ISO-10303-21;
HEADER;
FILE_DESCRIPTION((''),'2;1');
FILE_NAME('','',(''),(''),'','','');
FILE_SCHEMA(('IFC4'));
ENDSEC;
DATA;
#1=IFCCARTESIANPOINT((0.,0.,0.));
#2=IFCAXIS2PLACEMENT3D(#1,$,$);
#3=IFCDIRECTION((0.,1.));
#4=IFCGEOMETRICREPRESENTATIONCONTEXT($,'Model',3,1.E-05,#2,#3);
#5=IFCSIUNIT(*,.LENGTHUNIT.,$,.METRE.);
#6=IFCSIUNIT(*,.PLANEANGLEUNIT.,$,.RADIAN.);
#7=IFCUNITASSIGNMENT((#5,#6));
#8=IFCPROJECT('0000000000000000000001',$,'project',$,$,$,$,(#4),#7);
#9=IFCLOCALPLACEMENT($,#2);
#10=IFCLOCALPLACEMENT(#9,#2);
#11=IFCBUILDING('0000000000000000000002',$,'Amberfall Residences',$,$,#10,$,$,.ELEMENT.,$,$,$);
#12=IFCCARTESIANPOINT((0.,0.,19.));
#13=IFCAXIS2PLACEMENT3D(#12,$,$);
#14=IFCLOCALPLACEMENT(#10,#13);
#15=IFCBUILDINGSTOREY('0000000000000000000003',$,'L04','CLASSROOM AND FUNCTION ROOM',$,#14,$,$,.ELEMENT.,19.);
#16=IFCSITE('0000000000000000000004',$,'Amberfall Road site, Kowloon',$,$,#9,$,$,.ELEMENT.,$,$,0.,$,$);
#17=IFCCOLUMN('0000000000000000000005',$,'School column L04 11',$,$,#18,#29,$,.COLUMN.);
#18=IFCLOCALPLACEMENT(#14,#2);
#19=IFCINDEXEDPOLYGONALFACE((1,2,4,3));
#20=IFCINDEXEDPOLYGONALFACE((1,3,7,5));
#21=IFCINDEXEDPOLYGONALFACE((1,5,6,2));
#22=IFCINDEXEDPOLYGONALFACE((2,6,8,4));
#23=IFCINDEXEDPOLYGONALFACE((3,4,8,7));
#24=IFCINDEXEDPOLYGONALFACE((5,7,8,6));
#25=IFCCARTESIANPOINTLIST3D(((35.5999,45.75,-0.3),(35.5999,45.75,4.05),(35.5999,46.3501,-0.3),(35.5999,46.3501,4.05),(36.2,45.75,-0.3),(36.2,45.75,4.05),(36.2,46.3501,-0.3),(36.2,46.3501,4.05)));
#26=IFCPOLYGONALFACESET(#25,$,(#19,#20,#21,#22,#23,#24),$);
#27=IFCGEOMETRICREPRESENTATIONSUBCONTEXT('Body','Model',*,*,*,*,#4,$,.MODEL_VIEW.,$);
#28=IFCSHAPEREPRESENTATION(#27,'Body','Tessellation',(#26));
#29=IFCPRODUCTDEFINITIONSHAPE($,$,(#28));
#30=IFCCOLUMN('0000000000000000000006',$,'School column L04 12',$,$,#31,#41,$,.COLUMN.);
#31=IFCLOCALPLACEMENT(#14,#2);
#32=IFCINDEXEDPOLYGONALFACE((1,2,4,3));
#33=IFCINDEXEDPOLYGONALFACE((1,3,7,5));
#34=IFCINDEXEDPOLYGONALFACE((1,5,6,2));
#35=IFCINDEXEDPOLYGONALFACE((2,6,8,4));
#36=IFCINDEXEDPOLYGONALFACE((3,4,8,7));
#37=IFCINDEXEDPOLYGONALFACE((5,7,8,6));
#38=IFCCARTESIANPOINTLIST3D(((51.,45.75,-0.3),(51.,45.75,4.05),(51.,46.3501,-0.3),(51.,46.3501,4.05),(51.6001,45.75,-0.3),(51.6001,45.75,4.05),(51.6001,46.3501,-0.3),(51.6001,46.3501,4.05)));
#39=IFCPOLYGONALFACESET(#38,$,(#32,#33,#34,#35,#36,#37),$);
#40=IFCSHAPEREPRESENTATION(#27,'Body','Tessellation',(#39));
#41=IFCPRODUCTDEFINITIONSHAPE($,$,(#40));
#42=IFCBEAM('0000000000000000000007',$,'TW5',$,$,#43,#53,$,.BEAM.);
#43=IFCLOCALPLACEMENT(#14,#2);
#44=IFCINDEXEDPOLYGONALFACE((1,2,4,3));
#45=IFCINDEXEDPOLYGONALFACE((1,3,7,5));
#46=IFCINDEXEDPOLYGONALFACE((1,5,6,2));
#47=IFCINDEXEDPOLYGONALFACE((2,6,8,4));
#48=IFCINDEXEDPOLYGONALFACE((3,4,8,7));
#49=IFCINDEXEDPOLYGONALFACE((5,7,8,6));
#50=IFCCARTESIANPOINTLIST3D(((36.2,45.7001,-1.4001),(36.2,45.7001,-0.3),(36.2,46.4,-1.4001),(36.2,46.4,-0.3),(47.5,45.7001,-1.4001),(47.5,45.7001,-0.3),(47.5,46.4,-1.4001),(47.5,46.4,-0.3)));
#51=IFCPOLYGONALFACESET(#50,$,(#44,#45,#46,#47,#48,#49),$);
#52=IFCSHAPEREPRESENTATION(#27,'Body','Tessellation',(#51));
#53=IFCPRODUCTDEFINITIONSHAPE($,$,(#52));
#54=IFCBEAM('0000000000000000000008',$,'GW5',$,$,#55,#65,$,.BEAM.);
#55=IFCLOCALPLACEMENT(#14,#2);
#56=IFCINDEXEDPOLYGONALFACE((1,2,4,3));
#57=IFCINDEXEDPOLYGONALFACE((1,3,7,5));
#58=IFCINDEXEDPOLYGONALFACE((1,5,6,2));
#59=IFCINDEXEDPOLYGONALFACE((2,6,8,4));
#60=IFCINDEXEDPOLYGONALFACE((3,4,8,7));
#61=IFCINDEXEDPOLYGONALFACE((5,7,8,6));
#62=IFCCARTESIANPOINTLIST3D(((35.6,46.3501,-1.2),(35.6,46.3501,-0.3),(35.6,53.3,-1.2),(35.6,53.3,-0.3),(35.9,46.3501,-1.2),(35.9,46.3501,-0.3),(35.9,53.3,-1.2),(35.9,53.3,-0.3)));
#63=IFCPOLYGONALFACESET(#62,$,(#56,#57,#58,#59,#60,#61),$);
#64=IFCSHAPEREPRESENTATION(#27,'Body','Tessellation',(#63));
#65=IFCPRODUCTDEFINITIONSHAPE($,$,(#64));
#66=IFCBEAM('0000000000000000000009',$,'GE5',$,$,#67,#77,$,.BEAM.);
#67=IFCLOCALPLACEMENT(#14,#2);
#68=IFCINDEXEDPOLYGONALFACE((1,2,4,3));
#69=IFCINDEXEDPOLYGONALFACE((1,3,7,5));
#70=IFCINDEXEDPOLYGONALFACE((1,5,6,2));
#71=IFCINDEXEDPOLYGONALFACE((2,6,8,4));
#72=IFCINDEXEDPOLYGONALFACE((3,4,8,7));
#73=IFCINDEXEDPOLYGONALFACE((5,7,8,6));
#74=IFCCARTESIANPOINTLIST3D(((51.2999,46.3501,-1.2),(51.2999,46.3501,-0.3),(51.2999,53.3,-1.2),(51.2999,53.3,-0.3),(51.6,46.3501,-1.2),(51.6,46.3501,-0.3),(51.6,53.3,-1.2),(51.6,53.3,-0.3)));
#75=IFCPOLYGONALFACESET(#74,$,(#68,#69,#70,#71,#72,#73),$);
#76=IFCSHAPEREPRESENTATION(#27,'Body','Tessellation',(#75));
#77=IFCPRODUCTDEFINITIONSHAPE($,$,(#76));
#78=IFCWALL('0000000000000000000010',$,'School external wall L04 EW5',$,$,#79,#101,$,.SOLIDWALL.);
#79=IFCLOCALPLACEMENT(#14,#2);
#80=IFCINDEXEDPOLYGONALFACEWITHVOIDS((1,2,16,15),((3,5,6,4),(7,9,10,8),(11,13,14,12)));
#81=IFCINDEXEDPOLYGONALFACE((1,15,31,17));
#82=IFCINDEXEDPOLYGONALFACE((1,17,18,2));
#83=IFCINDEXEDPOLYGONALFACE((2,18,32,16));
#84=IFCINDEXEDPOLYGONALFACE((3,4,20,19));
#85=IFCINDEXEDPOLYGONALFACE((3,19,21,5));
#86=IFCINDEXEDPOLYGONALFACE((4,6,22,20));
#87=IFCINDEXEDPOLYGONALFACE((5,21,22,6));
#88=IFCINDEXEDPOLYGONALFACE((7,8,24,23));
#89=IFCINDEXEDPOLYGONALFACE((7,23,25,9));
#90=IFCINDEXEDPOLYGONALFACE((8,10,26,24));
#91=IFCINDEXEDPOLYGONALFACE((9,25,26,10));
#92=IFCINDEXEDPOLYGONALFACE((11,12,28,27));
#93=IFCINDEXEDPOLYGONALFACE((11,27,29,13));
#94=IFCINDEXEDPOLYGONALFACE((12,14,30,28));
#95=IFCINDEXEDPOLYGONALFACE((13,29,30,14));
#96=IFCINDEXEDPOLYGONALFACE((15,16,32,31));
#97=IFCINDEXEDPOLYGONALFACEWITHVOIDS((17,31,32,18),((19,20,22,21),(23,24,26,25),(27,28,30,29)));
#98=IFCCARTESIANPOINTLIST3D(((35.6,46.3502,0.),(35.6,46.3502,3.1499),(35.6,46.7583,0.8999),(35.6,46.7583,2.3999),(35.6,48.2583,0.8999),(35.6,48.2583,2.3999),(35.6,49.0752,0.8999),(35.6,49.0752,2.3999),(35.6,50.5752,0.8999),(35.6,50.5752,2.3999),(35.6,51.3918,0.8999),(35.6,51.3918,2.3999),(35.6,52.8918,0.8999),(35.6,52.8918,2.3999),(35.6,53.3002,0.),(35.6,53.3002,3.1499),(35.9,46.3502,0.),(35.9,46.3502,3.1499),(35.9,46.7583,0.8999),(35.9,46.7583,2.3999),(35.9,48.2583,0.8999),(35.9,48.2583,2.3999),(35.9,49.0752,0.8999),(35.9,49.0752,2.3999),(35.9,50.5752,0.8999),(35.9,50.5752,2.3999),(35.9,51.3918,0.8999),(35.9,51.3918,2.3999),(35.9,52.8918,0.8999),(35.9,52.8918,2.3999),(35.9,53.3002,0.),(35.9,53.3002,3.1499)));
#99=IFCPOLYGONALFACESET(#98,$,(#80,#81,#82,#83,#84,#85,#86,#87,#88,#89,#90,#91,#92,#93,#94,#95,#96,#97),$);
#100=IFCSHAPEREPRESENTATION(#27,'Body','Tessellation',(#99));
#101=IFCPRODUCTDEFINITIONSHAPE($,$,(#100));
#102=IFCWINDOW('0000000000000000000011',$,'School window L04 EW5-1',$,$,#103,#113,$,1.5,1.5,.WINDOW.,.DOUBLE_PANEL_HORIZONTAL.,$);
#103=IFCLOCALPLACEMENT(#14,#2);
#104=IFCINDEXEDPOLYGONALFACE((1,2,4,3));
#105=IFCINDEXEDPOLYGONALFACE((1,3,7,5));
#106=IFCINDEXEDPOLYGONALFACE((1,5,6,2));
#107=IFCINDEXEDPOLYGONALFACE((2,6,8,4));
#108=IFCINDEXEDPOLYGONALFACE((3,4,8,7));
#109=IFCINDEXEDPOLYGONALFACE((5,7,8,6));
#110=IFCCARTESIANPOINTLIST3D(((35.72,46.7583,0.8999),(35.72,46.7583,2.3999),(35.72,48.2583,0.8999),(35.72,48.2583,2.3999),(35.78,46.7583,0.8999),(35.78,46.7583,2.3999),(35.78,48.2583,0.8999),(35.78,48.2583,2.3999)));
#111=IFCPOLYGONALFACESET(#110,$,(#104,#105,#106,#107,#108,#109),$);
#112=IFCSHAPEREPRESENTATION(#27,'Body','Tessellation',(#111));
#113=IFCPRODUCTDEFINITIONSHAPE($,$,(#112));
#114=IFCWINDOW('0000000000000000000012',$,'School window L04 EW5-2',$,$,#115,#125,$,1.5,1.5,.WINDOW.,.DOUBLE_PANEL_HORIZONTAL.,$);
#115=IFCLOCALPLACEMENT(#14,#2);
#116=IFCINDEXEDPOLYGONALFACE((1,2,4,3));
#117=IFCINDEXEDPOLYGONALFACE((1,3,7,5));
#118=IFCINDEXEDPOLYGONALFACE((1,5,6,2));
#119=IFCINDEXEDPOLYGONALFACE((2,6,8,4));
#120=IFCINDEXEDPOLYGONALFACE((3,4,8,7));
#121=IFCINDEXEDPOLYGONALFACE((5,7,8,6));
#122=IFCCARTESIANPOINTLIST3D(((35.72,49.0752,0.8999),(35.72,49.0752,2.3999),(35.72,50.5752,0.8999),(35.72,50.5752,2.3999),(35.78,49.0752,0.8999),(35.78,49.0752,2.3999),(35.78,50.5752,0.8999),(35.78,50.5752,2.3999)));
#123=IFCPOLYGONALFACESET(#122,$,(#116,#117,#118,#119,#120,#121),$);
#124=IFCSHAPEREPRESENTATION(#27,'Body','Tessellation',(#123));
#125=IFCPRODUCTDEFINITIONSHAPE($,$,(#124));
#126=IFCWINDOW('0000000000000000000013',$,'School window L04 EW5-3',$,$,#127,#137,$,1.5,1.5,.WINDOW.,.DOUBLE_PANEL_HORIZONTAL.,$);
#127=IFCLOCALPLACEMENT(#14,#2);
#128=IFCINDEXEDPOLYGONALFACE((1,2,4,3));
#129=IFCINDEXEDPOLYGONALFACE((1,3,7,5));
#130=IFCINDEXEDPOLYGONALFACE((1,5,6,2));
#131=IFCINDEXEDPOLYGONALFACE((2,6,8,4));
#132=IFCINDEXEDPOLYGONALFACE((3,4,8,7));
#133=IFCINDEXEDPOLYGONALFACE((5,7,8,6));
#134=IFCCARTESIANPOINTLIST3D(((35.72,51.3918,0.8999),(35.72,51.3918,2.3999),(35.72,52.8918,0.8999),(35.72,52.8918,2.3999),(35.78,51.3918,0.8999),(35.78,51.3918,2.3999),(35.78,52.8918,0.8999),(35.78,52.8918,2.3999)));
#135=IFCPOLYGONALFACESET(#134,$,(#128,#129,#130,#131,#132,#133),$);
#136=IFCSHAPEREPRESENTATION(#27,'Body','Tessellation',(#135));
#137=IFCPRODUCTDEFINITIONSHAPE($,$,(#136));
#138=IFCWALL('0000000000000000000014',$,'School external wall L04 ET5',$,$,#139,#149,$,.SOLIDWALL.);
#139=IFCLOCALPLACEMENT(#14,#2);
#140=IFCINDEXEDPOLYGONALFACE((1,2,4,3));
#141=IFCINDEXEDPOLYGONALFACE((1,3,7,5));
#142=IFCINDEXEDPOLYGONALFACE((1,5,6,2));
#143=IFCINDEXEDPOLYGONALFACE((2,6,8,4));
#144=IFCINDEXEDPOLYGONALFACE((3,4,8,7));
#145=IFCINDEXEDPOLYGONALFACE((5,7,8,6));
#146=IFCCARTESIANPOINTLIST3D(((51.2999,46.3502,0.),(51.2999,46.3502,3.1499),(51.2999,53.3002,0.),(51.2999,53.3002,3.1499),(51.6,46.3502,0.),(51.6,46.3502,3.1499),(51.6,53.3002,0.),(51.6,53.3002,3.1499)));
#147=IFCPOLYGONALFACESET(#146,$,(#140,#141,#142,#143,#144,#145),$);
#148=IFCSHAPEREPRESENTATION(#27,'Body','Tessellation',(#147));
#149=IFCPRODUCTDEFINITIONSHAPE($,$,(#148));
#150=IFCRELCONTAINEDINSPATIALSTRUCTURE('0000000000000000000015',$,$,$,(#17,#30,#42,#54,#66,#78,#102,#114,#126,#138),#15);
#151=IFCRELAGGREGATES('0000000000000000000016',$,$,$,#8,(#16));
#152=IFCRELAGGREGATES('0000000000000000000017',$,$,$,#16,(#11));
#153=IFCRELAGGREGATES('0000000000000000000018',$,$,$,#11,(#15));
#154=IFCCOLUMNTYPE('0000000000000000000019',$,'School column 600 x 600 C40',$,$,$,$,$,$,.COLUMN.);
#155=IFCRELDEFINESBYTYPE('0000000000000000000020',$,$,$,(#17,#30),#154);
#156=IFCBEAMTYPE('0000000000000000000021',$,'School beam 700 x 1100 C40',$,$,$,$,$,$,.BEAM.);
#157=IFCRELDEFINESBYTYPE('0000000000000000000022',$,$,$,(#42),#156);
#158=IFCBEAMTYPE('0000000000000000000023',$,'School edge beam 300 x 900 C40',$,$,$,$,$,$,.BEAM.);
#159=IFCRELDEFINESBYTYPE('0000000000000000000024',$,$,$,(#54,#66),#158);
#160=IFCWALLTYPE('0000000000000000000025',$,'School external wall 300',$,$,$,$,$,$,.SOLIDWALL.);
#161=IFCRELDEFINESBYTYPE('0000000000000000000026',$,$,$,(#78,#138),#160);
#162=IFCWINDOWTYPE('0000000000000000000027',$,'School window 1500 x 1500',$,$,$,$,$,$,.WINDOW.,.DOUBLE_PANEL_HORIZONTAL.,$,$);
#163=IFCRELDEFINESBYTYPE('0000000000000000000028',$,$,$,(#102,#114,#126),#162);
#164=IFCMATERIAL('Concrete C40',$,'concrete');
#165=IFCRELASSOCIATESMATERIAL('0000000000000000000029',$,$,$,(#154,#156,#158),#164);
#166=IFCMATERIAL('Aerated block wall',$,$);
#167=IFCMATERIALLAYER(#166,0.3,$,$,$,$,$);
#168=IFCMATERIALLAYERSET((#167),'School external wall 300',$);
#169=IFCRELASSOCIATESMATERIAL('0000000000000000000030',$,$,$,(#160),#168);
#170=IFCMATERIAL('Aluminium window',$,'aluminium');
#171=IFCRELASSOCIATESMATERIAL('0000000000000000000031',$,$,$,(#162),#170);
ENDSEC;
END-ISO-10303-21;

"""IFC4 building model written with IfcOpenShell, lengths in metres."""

from ifc_helpers import new_model, si_unit, direction, frame, frame_2d, origin, origin_2d, place, context, subcontext, project, spatial, rectangle, extrude, material, layer, layer_set, material_profile, profile_set, type_object, element, fill, save


model = new_model("IFC4")

# Units and contexts
model_context = context("Model", 3, precision=1e-05, world=origin(), true_north=direction((0.0, 1.0)))
body_context = subcontext(model_context, "Body", "Model", "MODEL_VIEW")
ifc_project = project(units=[si_unit("LENGTHUNIT", "METRE"), si_unit("PLANEANGLEUNIT", "RADIAN")], contexts=[model_context])

# Site, building, storey
site_placement = place(None, origin())
site = spatial("IfcSite", under=ifc_project, at=site_placement, Name="Amberfall Road site, Kowloon", CompositionType="ELEMENT", RefElevation=0.0)
building_placement = place(site_placement, origin())
building = spatial("IfcBuilding", under=site, at=building_placement, Name="Amberfall Residences", CompositionType="ELEMENT")
storey_placement = place(building_placement, frame((0.0, 0.0, 19.0)))
storey = spatial("IfcBuildingStorey", under=building, at=storey_placement, Name="L04", Description="CLASSROOM AND FUNCTION ROOM", CompositionType="ELEMENT", Elevation=19.0)

# Columns
ifc_material_1 = material(Name="Concrete C40", Category="concrete")
ifc_material_profile_1 = material_profile(ifc_material_1, rectangle(XDim=0.6001, YDim=0.6001, at=origin_2d()), Name="School column 600 x 600 C40")
ifc_profile_set_1 = profile_set([ifc_material_profile_1], Name="Concrete C40")
column_type = type_object("IfcColumnType", Name="School column 600 x 600 C40", PredefinedType="COLUMN", material=ifc_profile_set_1)
for number, where, z_axis, x_axis, name in (
    (1, (35.8999, 46.05, -0.3), (0.0, 0.0, 1.0), (1.0, 0.0, 0.0), "School column L04 11"),
    (2, (51.3, 46.05, -0.3), (0.0, 0.0, 1.0), (1.0, 0.0, 0.0), "School column L04 12"),
):
    element("IfcColumn", number, at=place(storey_placement, frame(where, z_axis=z_axis, x_axis=x_axis)), inside=storey, type_object=column_type, Name=name, PredefinedType="COLUMN", context=body_context, shape_type="SweptSolid", body=[
        extrude(rectangle(XDim=0.6001, YDim=0.6001, at=origin_2d()), origin(), (0.0, 0.0, 1.0), 4.3501),
    ])

# Beams
ifc_material_profile_2 = material_profile(ifc_material_1, rectangle(XDim=0.7, YDim=1.1001, at=origin_2d()), Name="School beam 700 x 1100 C40")
ifc_profile_set_2 = profile_set([ifc_material_profile_2], Name="Concrete C40")
beam_type_1 = type_object("IfcBeamType", Name="School beam 700 x 1100 C40", PredefinedType="BEAM", material=ifc_profile_set_2)
beam_placement = place(storey_placement, frame((36.2, 46.05, -0.8501), z_axis=(1.0, 0.0, 0.0), x_axis=(0.0, 1.0, 0.0)))
element("IfcBeam", 3, at=beam_placement, inside=storey, type_object=beam_type_1, Name="TW5", PredefinedType="BEAM", context=body_context, shape_type="SweptSolid", body=[
    extrude(rectangle(XDim=0.7, YDim=1.1001, at=origin_2d()), origin(), (0.0, 0.0, 1.0), 11.3),
])
ifc_material_profile_3 = material_profile(ifc_material_1, rectangle(XDim=0.3, YDim=0.8999, at=origin_2d()), Name="School edge beam 300 x 900 C40")
ifc_profile_set_3 = profile_set([ifc_material_profile_3], Name="Concrete C40")
beam_type_2 = type_object("IfcBeamType", Name="School edge beam 300 x 900 C40", PredefinedType="BEAM", material=ifc_profile_set_3)
for number, where, z_axis, x_axis, name in (
    (4, (35.75, 46.3501, -0.75), (0.0, 1.0, 0.0), (-1.0, 0.0, 0.0), "GW5"),
    (5, (51.45, 46.3501, -0.75), (0.0, 1.0, 0.0), (-1.0, 0.0, 0.0), "GE5"),
):
    element("IfcBeam", number, at=place(storey_placement, frame(where, z_axis=z_axis, x_axis=x_axis)), inside=storey, type_object=beam_type_2, Name=name, PredefinedType="BEAM", context=body_context, shape_type="SweptSolid", body=[
        extrude(rectangle(XDim=0.3, YDim=0.8999, at=origin_2d()), origin(), (0.0, 0.0, 1.0), 6.95),
    ])

# Wall, openings, windows
ifc_material_2 = material(Name="Aerated block wall")
ifc_layer_1 = layer(ifc_material_2, 0.3)
ifc_layer_set_1 = layer_set([ifc_layer_1], Name="School external wall 300")
wall_type_1 = type_object("IfcWallType", Name="School external wall 300", PredefinedType="SOLIDWALL", material=ifc_layer_set_1)
wall_1_placement = place(storey_placement, frame((35.75, 46.3501, 0.0), z_axis=(0.0, 0.0, 1.0), x_axis=(0.0, 1.0, 0.0)))
wall_1 = element("IfcWall", 6, at=wall_1_placement, inside=storey, type_object=wall_type_1, Name="School external wall L04 EW5", PredefinedType="SOLIDWALL", context=body_context, shape_type="SweptSolid", body=[
    extrude(rectangle(XDim=6.95, YDim=0.3, at=frame_2d((3.4751, 0.0))), origin(), (0.0, 0.0, 1.0), 3.1499),
])
opening_1_placement = place(wall_1_placement, frame((0.4082, 0.0, 0.8999)))
opening_1 = element("IfcOpeningElement", 7, at=opening_1_placement, cuts=wall_1, PredefinedType="OPENING", context=body_context, shape_type="SweptSolid", body=[
    extrude(rectangle(XDim=1.5, YDim=1.5, at=frame_2d((0.75, 0.75))), frame((0.0, 0.1599, 0.0), z_axis=(0.0, -1.0, 0.0), x_axis=(1.0, 0.0, 0.0)), (0.0, 0.0, 1.0), 0.3201),
])
opening_2_placement = place(wall_1_placement, frame((2.7251, 0.0, 0.8999)))
opening_2 = element("IfcOpeningElement", 8, at=opening_2_placement, cuts=wall_1, PredefinedType="OPENING", context=body_context, shape_type="SweptSolid", body=[
    extrude(rectangle(XDim=1.5, YDim=1.5, at=frame_2d((0.75, 0.75))), frame((0.0, 0.1599, 0.0), z_axis=(0.0, -1.0, 0.0), x_axis=(1.0, 0.0, 0.0)), (0.0, 0.0, 1.0), 0.3201),
])
opening_3_placement = place(wall_1_placement, frame((5.0417, 0.0, 0.8999)))
opening_3 = element("IfcOpeningElement", 9, at=opening_3_placement, cuts=wall_1, PredefinedType="OPENING", context=body_context, shape_type="SweptSolid", body=[
    extrude(rectangle(XDim=1.5, YDim=1.5, at=frame_2d((0.75, 0.75))), frame((0.0, 0.1599, 0.0), z_axis=(0.0, -1.0, 0.0), x_axis=(1.0, 0.0, 0.0)), (0.0, 0.0, 1.0), 0.3201),
])
ifc_material_3 = material(Name="Aluminium window", Category="aluminium")
window_type = type_object("IfcWindowType", Name="School window 1500 x 1500", PartitioningType="DOUBLE_PANEL_HORIZONTAL", PredefinedType="WINDOW", material=ifc_material_3)
window_1_placement = place(opening_1_placement, origin())
window_1 = element("IfcWindow", 10, at=window_1_placement, inside=storey, type_object=window_type, Name="School window L04 EW5-1", OverallHeight=1.5, OverallWidth=1.5, PartitioningType="DOUBLE_PANEL_HORIZONTAL", PredefinedType="WINDOW", context=body_context, shape_type="SweptSolid", body=[
    extrude(rectangle(XDim=1.5, YDim=1.5, at=frame_2d((0.75, 0.75))), frame((0.0, 0.03, 0.0), z_axis=(0.0, -1.0, 0.0), x_axis=(1.0, 0.0, 0.0)), (0.0, 0.0, 1.0), 0.0601),
])
fill(opening_1, window_1)
window_2_placement = place(opening_2_placement, origin())
window_2 = element("IfcWindow", 11, at=window_2_placement, inside=storey, type_object=window_type, Name="School window L04 EW5-2", OverallHeight=1.5, OverallWidth=1.5, PartitioningType="DOUBLE_PANEL_HORIZONTAL", PredefinedType="WINDOW", context=body_context, shape_type="SweptSolid", body=[
    extrude(rectangle(XDim=1.5, YDim=1.5, at=frame_2d((0.75, 0.75))), frame((0.0, 0.03, 0.0), z_axis=(0.0, -1.0, 0.0), x_axis=(1.0, 0.0, 0.0)), (0.0, 0.0, 1.0), 0.0601),
])
fill(opening_2, window_2)
window_3_placement = place(opening_3_placement, origin())
window_3 = element("IfcWindow", 12, at=window_3_placement, inside=storey, type_object=window_type, Name="School window L04 EW5-3", OverallHeight=1.5, OverallWidth=1.5, PartitioningType="DOUBLE_PANEL_HORIZONTAL", PredefinedType="WINDOW", context=body_context, shape_type="SweptSolid", body=[
    extrude(rectangle(XDim=1.5, YDim=1.5, at=frame_2d((0.75, 0.75))), frame((0.0, 0.03, 0.0), z_axis=(0.0, -1.0, 0.0), x_axis=(1.0, 0.0, 0.0)), (0.0, 0.0, 1.0), 0.0601),
])
fill(opening_3, window_3)

# Wall
wall_2_placement = place(storey_placement, frame((51.45, 46.3501, 0.0), z_axis=(0.0, 0.0, 1.0), x_axis=(0.0, 1.0, 0.0)))
element("IfcWall", 13, at=wall_2_placement, inside=storey, type_object=wall_type_1, Name="School external wall L04 ET5", PredefinedType="SOLIDWALL", context=body_context, shape_type="SweptSolid", body=[
    extrude(rectangle(XDim=6.95, YDim=0.3, at=frame_2d((3.4751, 0.0))), origin(), (0.0, 0.0, 1.0), 3.1499),
])

save(model, "model.ifc")
